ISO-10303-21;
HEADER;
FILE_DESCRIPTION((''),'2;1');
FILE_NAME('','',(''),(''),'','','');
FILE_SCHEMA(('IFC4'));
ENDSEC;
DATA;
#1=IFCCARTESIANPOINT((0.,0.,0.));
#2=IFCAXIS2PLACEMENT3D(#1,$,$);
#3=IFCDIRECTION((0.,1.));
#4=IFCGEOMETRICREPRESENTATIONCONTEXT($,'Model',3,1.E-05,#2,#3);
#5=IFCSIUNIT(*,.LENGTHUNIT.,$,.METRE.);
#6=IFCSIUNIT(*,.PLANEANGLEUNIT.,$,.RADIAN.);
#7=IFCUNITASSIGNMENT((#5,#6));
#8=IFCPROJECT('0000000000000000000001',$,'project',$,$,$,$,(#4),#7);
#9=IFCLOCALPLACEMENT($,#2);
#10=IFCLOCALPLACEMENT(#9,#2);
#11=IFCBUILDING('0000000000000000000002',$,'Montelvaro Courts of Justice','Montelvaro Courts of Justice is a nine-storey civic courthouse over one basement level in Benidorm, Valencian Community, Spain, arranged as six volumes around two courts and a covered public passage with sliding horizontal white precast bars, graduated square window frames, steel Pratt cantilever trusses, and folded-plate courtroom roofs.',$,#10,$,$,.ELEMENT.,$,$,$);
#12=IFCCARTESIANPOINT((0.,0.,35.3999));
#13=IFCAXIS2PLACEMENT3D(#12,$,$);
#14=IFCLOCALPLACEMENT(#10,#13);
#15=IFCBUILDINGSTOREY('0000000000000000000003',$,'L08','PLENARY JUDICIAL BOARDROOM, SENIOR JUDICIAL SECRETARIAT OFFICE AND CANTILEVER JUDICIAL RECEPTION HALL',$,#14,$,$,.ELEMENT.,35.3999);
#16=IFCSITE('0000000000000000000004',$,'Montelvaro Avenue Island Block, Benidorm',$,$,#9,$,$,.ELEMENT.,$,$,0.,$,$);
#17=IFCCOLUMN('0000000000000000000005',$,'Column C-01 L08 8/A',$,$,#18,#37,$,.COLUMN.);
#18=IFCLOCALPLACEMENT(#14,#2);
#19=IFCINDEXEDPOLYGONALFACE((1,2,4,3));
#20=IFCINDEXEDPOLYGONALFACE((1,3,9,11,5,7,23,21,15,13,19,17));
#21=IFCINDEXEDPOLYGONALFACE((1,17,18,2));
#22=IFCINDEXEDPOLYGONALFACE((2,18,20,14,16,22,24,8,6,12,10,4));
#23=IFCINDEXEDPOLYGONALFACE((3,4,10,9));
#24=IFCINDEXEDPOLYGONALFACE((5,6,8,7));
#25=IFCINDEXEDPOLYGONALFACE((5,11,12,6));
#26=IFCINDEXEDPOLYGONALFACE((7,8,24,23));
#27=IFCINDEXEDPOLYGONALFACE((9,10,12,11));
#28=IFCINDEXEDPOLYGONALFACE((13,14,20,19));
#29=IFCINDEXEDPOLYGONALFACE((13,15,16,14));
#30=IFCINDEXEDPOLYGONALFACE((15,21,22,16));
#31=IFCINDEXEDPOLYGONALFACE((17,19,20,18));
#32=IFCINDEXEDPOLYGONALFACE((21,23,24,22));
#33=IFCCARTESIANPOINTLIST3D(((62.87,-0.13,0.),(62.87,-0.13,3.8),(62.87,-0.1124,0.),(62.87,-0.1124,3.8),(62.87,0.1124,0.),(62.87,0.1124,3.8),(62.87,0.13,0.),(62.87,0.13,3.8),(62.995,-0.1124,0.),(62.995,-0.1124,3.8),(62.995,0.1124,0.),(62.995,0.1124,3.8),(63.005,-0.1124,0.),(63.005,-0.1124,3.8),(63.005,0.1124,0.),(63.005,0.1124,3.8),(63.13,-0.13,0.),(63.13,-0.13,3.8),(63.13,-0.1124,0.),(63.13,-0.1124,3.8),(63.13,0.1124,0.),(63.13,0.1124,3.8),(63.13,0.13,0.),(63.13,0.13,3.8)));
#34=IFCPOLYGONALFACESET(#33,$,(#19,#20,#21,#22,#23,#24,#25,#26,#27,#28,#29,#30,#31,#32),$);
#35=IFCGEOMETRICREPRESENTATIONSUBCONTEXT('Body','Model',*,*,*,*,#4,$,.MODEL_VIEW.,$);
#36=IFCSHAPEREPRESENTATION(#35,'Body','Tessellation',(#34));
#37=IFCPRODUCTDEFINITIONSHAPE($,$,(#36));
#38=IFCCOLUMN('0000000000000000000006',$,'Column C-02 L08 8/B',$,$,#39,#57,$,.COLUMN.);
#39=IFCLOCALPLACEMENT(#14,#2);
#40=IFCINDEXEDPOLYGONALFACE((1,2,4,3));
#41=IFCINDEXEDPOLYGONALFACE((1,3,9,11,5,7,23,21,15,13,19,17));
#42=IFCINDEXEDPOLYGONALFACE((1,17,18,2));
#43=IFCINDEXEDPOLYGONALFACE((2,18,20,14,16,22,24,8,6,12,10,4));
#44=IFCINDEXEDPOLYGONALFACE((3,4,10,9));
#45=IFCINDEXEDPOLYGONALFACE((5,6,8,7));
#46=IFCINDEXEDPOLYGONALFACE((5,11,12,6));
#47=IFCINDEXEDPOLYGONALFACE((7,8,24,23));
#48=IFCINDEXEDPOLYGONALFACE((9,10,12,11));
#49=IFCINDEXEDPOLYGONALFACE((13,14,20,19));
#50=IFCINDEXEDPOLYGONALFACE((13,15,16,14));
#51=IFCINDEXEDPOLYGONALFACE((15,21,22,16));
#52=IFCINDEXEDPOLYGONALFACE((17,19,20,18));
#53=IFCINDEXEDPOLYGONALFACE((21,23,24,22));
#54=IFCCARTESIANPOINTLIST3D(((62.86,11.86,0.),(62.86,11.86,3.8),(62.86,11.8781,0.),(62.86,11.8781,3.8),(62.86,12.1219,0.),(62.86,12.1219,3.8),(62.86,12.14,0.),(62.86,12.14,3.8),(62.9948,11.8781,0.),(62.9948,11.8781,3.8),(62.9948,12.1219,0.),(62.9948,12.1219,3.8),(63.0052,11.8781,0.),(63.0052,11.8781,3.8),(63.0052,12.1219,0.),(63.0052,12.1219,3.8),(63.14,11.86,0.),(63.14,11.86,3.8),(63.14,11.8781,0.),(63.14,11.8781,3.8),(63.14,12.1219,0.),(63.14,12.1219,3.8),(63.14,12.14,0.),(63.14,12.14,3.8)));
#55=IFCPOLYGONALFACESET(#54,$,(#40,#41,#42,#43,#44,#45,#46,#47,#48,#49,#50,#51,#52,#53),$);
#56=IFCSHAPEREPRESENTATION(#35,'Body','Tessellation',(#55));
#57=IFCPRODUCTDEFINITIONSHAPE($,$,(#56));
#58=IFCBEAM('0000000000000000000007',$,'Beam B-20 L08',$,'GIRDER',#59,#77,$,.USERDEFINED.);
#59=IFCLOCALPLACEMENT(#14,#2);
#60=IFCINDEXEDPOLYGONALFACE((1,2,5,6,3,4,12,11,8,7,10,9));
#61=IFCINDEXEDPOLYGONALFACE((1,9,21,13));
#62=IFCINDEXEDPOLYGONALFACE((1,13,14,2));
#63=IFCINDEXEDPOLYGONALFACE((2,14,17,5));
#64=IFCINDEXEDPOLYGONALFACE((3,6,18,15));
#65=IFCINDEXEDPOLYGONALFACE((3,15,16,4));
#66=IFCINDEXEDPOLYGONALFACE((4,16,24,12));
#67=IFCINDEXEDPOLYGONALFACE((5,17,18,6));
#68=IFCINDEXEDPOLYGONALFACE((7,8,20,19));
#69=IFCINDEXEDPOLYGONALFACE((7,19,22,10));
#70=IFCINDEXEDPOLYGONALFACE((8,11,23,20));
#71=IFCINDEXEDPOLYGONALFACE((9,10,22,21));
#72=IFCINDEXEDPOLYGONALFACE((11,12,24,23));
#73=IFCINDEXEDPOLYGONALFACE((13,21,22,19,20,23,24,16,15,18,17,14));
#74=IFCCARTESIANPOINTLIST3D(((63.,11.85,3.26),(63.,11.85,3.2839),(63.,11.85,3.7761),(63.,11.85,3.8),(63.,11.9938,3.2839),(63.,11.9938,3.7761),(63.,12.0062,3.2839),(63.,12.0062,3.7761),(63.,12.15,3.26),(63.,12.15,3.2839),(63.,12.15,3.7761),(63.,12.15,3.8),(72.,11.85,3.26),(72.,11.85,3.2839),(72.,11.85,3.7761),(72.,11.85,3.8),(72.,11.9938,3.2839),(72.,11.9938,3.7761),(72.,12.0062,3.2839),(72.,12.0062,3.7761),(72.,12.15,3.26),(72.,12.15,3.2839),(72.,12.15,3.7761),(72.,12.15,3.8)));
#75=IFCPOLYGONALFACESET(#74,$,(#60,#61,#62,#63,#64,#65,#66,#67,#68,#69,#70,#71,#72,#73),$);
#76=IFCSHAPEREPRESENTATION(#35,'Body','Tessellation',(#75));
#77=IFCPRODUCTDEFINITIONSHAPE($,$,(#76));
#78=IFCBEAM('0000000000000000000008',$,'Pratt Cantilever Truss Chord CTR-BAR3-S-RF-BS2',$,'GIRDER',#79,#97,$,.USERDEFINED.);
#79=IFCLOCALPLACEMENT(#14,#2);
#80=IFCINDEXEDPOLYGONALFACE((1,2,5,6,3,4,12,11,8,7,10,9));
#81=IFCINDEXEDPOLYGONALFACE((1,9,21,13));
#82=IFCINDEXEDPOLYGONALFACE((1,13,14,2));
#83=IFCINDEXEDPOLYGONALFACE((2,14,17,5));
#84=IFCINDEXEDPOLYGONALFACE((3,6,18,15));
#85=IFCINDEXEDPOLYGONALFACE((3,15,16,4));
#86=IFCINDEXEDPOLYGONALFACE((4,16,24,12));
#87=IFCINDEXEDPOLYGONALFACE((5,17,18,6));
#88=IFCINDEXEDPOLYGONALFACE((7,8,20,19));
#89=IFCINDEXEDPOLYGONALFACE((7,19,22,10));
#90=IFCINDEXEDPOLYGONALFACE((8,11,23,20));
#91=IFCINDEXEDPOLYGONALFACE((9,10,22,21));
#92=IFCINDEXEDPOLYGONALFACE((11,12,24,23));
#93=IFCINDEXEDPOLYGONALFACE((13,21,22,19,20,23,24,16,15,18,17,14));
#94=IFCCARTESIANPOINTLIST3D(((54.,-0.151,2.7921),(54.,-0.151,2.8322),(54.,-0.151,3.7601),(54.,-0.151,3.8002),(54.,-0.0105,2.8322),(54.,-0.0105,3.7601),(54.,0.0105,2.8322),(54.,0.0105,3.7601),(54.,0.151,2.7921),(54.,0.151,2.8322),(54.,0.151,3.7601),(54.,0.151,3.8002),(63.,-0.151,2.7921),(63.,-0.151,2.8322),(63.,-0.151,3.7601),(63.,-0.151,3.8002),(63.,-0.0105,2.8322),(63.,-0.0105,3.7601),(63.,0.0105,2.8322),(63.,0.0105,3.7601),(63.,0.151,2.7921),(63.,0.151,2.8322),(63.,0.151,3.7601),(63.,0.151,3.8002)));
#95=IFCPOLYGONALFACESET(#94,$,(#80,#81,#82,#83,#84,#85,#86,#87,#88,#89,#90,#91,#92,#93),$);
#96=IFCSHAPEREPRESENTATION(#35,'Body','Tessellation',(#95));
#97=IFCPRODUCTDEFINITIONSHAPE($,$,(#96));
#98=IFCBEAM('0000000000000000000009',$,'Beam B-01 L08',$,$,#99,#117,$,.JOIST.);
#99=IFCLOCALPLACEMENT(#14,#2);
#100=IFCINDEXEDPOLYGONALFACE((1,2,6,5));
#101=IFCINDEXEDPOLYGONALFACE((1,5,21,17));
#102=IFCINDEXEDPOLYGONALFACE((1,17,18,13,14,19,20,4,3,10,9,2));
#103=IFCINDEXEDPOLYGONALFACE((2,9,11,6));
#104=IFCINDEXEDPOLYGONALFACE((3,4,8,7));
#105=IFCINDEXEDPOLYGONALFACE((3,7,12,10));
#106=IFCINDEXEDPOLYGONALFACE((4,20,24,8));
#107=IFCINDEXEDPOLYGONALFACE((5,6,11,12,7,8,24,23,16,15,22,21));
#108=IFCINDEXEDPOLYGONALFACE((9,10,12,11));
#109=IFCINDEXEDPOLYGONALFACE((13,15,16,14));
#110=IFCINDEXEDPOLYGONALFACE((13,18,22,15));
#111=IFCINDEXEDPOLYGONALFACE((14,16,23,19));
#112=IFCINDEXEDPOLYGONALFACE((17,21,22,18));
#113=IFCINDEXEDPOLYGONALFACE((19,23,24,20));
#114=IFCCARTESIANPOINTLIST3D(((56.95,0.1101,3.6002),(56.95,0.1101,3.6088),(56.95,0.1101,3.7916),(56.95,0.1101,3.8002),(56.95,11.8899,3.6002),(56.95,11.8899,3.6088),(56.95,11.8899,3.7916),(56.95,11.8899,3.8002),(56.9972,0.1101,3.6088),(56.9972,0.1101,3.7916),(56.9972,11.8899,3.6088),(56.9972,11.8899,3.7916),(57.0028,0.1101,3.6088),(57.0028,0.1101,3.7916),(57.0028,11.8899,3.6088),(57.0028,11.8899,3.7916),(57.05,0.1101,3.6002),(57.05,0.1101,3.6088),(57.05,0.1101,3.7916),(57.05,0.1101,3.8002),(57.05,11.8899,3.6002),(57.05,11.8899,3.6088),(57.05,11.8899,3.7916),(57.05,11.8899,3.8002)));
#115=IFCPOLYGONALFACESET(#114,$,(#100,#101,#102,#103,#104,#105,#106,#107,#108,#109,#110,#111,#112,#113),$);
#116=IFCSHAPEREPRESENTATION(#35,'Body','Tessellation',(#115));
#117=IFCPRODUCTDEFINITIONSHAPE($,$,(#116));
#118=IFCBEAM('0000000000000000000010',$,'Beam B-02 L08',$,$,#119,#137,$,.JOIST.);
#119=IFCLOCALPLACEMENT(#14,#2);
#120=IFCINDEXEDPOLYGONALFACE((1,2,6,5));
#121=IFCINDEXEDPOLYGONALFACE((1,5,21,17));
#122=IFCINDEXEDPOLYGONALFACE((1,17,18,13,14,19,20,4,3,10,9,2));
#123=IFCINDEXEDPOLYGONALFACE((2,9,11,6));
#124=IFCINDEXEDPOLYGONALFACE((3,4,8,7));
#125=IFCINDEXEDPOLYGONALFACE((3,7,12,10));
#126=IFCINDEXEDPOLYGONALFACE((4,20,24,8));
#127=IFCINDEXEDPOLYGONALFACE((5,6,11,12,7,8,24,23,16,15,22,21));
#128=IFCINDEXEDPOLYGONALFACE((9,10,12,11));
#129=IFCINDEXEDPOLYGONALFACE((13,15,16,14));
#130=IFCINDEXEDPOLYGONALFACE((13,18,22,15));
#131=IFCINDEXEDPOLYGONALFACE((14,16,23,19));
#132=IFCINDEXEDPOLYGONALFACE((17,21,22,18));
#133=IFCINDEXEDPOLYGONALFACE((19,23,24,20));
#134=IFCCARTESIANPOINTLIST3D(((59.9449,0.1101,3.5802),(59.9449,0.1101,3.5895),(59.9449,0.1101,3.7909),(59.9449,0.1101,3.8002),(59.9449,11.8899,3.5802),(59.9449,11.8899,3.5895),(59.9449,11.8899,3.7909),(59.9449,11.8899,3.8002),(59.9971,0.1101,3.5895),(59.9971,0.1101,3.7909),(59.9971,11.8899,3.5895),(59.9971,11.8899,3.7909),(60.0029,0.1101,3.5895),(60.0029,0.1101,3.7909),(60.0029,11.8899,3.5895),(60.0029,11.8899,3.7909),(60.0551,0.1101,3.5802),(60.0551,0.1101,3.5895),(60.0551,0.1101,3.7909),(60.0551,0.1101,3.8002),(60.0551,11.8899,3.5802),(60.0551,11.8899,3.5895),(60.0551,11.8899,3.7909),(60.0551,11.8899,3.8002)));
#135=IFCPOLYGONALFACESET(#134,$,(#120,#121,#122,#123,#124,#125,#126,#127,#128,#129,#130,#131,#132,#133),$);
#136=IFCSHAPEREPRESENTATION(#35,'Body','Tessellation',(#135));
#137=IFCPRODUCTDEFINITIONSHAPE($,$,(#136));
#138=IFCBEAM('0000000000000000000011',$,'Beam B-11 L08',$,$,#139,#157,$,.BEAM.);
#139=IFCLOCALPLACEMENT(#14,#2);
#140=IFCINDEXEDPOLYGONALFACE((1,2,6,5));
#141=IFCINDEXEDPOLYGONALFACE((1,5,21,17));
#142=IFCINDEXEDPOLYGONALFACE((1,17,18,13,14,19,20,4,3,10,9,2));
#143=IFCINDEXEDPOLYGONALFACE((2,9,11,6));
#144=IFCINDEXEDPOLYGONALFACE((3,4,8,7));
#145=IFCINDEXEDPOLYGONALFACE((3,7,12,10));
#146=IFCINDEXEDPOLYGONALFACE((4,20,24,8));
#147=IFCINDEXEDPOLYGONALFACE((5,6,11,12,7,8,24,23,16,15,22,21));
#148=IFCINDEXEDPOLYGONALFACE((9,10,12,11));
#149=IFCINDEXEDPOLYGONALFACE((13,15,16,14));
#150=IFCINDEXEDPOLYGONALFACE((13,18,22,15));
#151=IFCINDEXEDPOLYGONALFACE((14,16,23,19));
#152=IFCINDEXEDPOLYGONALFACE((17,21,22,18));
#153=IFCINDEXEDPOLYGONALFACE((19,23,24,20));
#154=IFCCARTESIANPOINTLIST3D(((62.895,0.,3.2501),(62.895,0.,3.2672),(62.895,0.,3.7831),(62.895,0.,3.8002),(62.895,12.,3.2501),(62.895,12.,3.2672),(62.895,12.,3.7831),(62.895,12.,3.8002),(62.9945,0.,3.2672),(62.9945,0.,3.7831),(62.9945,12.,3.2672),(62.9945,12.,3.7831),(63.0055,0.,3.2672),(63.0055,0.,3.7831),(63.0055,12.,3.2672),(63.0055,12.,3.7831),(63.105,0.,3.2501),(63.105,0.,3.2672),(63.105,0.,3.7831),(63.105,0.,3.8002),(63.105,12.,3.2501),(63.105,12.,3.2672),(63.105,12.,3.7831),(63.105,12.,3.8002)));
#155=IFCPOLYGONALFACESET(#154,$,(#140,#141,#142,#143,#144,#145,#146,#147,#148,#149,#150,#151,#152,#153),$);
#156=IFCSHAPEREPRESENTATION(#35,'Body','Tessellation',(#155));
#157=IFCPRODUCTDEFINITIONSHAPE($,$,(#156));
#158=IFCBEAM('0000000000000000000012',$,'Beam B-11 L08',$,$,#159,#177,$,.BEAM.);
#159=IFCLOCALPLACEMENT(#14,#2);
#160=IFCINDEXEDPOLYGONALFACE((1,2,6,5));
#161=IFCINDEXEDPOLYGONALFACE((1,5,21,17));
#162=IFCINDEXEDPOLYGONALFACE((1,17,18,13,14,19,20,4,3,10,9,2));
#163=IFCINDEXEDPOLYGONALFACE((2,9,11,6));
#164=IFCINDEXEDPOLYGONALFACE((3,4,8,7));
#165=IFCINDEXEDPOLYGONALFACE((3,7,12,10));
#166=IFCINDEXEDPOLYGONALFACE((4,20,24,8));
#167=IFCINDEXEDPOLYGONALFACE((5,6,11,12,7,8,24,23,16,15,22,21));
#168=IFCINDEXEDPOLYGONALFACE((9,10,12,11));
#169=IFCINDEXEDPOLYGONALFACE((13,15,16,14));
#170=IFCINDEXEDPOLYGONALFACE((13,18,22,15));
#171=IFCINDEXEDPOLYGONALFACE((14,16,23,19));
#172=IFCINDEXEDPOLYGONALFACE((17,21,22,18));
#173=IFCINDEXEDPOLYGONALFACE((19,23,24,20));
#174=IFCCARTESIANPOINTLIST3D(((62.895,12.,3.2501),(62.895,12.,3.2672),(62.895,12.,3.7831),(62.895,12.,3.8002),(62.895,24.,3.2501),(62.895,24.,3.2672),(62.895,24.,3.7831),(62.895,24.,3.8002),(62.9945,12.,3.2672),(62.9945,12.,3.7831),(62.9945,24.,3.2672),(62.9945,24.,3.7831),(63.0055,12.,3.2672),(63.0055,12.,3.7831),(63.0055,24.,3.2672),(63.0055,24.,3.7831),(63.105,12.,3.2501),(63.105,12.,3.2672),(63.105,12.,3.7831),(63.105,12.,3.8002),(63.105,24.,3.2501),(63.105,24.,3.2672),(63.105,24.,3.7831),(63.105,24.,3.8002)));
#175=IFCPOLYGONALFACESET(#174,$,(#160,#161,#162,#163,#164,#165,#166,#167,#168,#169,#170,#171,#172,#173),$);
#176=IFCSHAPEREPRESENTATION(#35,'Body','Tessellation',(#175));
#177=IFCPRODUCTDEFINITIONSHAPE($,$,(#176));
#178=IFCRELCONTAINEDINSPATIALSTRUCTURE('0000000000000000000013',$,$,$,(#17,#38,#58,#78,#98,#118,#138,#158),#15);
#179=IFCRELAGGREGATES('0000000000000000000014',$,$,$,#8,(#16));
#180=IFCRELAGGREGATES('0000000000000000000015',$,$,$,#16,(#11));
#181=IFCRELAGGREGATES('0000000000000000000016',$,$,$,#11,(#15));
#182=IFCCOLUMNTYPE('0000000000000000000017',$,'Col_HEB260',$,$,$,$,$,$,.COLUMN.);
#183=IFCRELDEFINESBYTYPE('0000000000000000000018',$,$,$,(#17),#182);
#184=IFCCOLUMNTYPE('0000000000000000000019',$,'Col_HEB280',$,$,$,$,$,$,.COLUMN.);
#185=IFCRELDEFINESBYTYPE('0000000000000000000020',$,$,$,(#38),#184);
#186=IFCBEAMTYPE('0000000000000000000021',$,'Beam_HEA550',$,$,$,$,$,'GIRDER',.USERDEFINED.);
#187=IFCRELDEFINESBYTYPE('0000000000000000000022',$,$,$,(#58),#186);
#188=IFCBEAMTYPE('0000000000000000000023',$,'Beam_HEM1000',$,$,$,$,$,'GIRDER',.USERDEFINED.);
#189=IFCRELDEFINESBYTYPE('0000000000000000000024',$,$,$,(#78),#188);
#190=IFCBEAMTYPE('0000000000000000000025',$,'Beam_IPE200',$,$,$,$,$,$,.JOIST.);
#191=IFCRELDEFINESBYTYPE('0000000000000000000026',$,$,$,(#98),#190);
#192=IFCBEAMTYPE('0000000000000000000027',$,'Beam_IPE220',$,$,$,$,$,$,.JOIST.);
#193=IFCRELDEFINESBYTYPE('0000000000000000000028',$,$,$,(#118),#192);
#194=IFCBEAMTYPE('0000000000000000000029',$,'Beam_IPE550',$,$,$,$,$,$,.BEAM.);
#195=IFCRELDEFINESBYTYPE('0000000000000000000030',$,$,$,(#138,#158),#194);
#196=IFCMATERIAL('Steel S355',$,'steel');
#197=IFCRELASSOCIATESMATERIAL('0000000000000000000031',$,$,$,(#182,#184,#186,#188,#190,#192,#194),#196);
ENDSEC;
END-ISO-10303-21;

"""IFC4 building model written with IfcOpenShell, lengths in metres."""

from ifc_helpers import new_model, si_unit, direction, frame, origin, origin_2d, place, context, subcontext, project, spatial, i_section, extrude, material, material_profile, profile_set, type_object, element, save


model = new_model("IFC4")

# Units and contexts
model_context = context("Model", 3, precision=1e-05, world=origin(), true_north=direction((0.0, 1.0)))
body_context = subcontext(model_context, "Body", "Model", "MODEL_VIEW")
ifc_project = project(units=[si_unit("LENGTHUNIT", "METRE"), si_unit("PLANEANGLEUNIT", "RADIAN")], contexts=[model_context])

# Site, building, storey
site_placement = place(None, origin())
site = spatial("IfcSite", under=ifc_project, at=site_placement, Name="Montelvaro Avenue Island Block, Benidorm", CompositionType="ELEMENT", RefElevation=0.0)
building_placement = place(site_placement, origin())
building = spatial("IfcBuilding", under=site, at=building_placement, Name="Montelvaro Courts of Justice", Description="Montelvaro Courts of Justice is a nine-storey civic courthouse over one basement level in Benidorm, Valencian Community, Spain, arranged as six volumes around two courts and a covered public passage with sliding horizontal white precast bars, graduated square window frames, steel Pratt cantilever trusses, and folded-plate courtroom roofs.", CompositionType="ELEMENT")
storey_placement = place(building_placement, frame((0.0, 0.0, 35.3999)))
storey = spatial("IfcBuildingStorey", under=building, at=storey_placement, Name="L08", Description="PLENARY JUDICIAL BOARDROOM, SENIOR JUDICIAL SECRETARIAT OFFICE AND CANTILEVER JUDICIAL RECEPTION HALL", CompositionType="ELEMENT", Elevation=35.3999)

# Columns
ifc_material_1 = material(Name="Steel S355", Category="steel")
ifc_material_profile_1 = material_profile(ifc_material_1, i_section(OverallWidth=0.26, OverallDepth=0.26, WebThickness=0.01, FlangeThickness=0.0176, at=origin_2d()), Name="HEB 260")
ifc_profile_set_1 = profile_set([ifc_material_profile_1], Name="Steel S355")
column_type_1 = type_object("IfcColumnType", Name="Col_HEB260", PredefinedType="COLUMN", material=ifc_profile_set_1)
column_1_placement = place(storey_placement, frame((63.0, 0.0, 0.0), z_axis=(0.0, 0.0, 1.0), x_axis=(1.0, 0.0, 0.0)))
element("IfcColumn", 1, at=column_1_placement, inside=storey, type_object=column_type_1, Name="Column C-01 L08 8/A", PredefinedType="COLUMN", context=body_context, shape_type="SweptSolid", body=[
    extrude(i_section(OverallWidth=0.26, OverallDepth=0.26, WebThickness=0.01, FlangeThickness=0.0176, at=origin_2d()), origin(), (0.0, 0.0, 1.0), 3.8),
])
ifc_material_profile_2 = material_profile(ifc_material_1, i_section(OverallWidth=0.28, OverallDepth=0.28, WebThickness=0.0105, FlangeThickness=0.0181, at=origin_2d()), Name="HEB 280")
ifc_profile_set_2 = profile_set([ifc_material_profile_2], Name="Steel S355")
column_type_2 = type_object("IfcColumnType", Name="Col_HEB280", PredefinedType="COLUMN", material=ifc_profile_set_2)
column_2_placement = place(storey_placement, frame((63.0, 12.0, 0.0), z_axis=(0.0, 0.0, 1.0), x_axis=(1.0, 0.0, 0.0)))
element("IfcColumn", 2, at=column_2_placement, inside=storey, type_object=column_type_2, Name="Column C-02 L08 8/B", PredefinedType="COLUMN", context=body_context, shape_type="SweptSolid", body=[
    extrude(i_section(OverallWidth=0.28, OverallDepth=0.28, WebThickness=0.0105, FlangeThickness=0.0181, at=origin_2d()), origin(), (0.0, 0.0, 1.0), 3.8),
])

# Beams
ifc_material_profile_3 = material_profile(ifc_material_1, i_section(OverallWidth=0.3, OverallDepth=0.54, WebThickness=0.0125, FlangeThickness=0.0239, at=origin_2d()), Name="HEA 550")
ifc_profile_set_3 = profile_set([ifc_material_profile_3], Name="Steel S355")
beam_type_1 = type_object("IfcBeamType", Name="Beam_HEA550", ElementType="GIRDER", PredefinedType="USERDEFINED", material=ifc_profile_set_3)
beam_1_placement = place(storey_placement, frame((63.0, 12.0, 3.53), z_axis=(1.0, 0.0, 0.0), x_axis=(0.0, 1.0, 0.0)))
element("IfcBeam", 3, at=beam_1_placement, inside=storey, type_object=beam_type_1, Name="Beam B-20 L08", ObjectType="GIRDER", PredefinedType="USERDEFINED", context=body_context, shape_type="SweptSolid", body=[
    extrude(i_section(OverallWidth=0.3, OverallDepth=0.54, WebThickness=0.0125, FlangeThickness=0.0239, at=origin_2d()), origin(), (0.0, 0.0, 1.0), 9.0),
])
ifc_material_profile_4 = material_profile(ifc_material_1, i_section(OverallWidth=0.302, OverallDepth=1.0081, WebThickness=0.021, FlangeThickness=0.04, at=origin_2d()), Name="HEM 1000")
ifc_profile_set_4 = profile_set([ifc_material_profile_4], Name="Steel S355")
beam_type_2 = type_object("IfcBeamType", Name="Beam_HEM1000", ElementType="GIRDER", PredefinedType="USERDEFINED", material=ifc_profile_set_4)
beam_2_placement = place(storey_placement, frame((63.0, 0.0, 3.2961), z_axis=(-1.0, 0.0, 0.0), x_axis=(0.0, -1.0, 0.0)))
element("IfcBeam", 4, at=beam_2_placement, inside=storey, type_object=beam_type_2, Name="Pratt Cantilever Truss Chord CTR-BAR3-S-RF-BS2", ObjectType="GIRDER", PredefinedType="USERDEFINED", context=body_context, shape_type="SweptSolid", body=[
    extrude(i_section(OverallWidth=0.302, OverallDepth=1.0081, WebThickness=0.021, FlangeThickness=0.04, at=origin_2d()), origin(), (0.0, 0.0, 1.0), 9.0),
])
ifc_material_profile_5 = material_profile(ifc_material_1, i_section(OverallWidth=0.1001, OverallDepth=0.2, WebThickness=0.0056, FlangeThickness=0.0085, at=origin_2d()), Name="IPE 200")
ifc_profile_set_5 = profile_set([ifc_material_profile_5], Name="Steel S355")
beam_type_3 = type_object("IfcBeamType", Name="Beam_IPE200", PredefinedType="JOIST", material=ifc_profile_set_5)
beam_3_placement = place(storey_placement, frame((57.0, 0.1101, 3.7002), z_axis=(0.0, 1.0, 0.0), x_axis=(-1.0, 0.0, 0.0)))
element("IfcBeam", 5, at=beam_3_placement, inside=storey, type_object=beam_type_3, Name="Beam B-01 L08", PredefinedType="JOIST", context=body_context, shape_type="SweptSolid", body=[
    extrude(i_section(OverallWidth=0.1001, OverallDepth=0.2, WebThickness=0.0056, FlangeThickness=0.0085, at=origin_2d()), origin(), (0.0, 0.0, 1.0), 11.7798),
])
ifc_material_profile_6 = material_profile(ifc_material_1, i_section(OverallWidth=0.1101, OverallDepth=0.22, WebThickness=0.0059, FlangeThickness=0.0093, at=origin_2d()), Name="IPE 220")
ifc_profile_set_6 = profile_set([ifc_material_profile_6], Name="Steel S355")
beam_type_4 = type_object("IfcBeamType", Name="Beam_IPE220", PredefinedType="JOIST", material=ifc_profile_set_6)
beam_4_placement = place(storey_placement, frame((60.0, 0.1101, 3.6902), z_axis=(0.0, 1.0, 0.0), x_axis=(-1.0, 0.0, 0.0)))
element("IfcBeam", 6, at=beam_4_placement, inside=storey, type_object=beam_type_4, Name="Beam B-02 L08", PredefinedType="JOIST", context=body_context, shape_type="SweptSolid", body=[
    extrude(i_section(OverallWidth=0.1101, OverallDepth=0.22, WebThickness=0.0059, FlangeThickness=0.0093, at=origin_2d()), origin(), (0.0, 0.0, 1.0), 11.7798),
])
ifc_material_profile_7 = material_profile(ifc_material_1, i_section(OverallWidth=0.21, OverallDepth=0.55, WebThickness=0.011, FlangeThickness=0.0171, at=origin_2d()), Name="IPE 550")
ifc_profile_set_7 = profile_set([ifc_material_profile_7], Name="Steel S355")
beam_type_5 = type_object("IfcBeamType", Name="Beam_IPE550", PredefinedType="BEAM", material=ifc_profile_set_7)
for number, where, z_axis, x_axis, name in (
    (7, (63.0, 0.0, 3.5251), (0.0, 1.0, 0.0), (-1.0, 0.0, 0.0), "Beam B-11 L08"),
    (8, (63.0, 12.0, 3.5251), (0.0, 1.0, 0.0), (-1.0, 0.0, 0.0), "Beam B-11 L08"),
):
    element("IfcBeam", number, at=place(storey_placement, frame(where, z_axis=z_axis, x_axis=x_axis)), inside=storey, type_object=beam_type_5, Name=name, PredefinedType="BEAM", context=body_context, shape_type="SweptSolid", body=[
        extrude(i_section(OverallWidth=0.21, OverallDepth=0.55, WebThickness=0.011, FlangeThickness=0.0171, at=origin_2d()), origin(), (0.0, 0.0, 1.0), 12.0),
    ])

save(model, "model.ifc")
